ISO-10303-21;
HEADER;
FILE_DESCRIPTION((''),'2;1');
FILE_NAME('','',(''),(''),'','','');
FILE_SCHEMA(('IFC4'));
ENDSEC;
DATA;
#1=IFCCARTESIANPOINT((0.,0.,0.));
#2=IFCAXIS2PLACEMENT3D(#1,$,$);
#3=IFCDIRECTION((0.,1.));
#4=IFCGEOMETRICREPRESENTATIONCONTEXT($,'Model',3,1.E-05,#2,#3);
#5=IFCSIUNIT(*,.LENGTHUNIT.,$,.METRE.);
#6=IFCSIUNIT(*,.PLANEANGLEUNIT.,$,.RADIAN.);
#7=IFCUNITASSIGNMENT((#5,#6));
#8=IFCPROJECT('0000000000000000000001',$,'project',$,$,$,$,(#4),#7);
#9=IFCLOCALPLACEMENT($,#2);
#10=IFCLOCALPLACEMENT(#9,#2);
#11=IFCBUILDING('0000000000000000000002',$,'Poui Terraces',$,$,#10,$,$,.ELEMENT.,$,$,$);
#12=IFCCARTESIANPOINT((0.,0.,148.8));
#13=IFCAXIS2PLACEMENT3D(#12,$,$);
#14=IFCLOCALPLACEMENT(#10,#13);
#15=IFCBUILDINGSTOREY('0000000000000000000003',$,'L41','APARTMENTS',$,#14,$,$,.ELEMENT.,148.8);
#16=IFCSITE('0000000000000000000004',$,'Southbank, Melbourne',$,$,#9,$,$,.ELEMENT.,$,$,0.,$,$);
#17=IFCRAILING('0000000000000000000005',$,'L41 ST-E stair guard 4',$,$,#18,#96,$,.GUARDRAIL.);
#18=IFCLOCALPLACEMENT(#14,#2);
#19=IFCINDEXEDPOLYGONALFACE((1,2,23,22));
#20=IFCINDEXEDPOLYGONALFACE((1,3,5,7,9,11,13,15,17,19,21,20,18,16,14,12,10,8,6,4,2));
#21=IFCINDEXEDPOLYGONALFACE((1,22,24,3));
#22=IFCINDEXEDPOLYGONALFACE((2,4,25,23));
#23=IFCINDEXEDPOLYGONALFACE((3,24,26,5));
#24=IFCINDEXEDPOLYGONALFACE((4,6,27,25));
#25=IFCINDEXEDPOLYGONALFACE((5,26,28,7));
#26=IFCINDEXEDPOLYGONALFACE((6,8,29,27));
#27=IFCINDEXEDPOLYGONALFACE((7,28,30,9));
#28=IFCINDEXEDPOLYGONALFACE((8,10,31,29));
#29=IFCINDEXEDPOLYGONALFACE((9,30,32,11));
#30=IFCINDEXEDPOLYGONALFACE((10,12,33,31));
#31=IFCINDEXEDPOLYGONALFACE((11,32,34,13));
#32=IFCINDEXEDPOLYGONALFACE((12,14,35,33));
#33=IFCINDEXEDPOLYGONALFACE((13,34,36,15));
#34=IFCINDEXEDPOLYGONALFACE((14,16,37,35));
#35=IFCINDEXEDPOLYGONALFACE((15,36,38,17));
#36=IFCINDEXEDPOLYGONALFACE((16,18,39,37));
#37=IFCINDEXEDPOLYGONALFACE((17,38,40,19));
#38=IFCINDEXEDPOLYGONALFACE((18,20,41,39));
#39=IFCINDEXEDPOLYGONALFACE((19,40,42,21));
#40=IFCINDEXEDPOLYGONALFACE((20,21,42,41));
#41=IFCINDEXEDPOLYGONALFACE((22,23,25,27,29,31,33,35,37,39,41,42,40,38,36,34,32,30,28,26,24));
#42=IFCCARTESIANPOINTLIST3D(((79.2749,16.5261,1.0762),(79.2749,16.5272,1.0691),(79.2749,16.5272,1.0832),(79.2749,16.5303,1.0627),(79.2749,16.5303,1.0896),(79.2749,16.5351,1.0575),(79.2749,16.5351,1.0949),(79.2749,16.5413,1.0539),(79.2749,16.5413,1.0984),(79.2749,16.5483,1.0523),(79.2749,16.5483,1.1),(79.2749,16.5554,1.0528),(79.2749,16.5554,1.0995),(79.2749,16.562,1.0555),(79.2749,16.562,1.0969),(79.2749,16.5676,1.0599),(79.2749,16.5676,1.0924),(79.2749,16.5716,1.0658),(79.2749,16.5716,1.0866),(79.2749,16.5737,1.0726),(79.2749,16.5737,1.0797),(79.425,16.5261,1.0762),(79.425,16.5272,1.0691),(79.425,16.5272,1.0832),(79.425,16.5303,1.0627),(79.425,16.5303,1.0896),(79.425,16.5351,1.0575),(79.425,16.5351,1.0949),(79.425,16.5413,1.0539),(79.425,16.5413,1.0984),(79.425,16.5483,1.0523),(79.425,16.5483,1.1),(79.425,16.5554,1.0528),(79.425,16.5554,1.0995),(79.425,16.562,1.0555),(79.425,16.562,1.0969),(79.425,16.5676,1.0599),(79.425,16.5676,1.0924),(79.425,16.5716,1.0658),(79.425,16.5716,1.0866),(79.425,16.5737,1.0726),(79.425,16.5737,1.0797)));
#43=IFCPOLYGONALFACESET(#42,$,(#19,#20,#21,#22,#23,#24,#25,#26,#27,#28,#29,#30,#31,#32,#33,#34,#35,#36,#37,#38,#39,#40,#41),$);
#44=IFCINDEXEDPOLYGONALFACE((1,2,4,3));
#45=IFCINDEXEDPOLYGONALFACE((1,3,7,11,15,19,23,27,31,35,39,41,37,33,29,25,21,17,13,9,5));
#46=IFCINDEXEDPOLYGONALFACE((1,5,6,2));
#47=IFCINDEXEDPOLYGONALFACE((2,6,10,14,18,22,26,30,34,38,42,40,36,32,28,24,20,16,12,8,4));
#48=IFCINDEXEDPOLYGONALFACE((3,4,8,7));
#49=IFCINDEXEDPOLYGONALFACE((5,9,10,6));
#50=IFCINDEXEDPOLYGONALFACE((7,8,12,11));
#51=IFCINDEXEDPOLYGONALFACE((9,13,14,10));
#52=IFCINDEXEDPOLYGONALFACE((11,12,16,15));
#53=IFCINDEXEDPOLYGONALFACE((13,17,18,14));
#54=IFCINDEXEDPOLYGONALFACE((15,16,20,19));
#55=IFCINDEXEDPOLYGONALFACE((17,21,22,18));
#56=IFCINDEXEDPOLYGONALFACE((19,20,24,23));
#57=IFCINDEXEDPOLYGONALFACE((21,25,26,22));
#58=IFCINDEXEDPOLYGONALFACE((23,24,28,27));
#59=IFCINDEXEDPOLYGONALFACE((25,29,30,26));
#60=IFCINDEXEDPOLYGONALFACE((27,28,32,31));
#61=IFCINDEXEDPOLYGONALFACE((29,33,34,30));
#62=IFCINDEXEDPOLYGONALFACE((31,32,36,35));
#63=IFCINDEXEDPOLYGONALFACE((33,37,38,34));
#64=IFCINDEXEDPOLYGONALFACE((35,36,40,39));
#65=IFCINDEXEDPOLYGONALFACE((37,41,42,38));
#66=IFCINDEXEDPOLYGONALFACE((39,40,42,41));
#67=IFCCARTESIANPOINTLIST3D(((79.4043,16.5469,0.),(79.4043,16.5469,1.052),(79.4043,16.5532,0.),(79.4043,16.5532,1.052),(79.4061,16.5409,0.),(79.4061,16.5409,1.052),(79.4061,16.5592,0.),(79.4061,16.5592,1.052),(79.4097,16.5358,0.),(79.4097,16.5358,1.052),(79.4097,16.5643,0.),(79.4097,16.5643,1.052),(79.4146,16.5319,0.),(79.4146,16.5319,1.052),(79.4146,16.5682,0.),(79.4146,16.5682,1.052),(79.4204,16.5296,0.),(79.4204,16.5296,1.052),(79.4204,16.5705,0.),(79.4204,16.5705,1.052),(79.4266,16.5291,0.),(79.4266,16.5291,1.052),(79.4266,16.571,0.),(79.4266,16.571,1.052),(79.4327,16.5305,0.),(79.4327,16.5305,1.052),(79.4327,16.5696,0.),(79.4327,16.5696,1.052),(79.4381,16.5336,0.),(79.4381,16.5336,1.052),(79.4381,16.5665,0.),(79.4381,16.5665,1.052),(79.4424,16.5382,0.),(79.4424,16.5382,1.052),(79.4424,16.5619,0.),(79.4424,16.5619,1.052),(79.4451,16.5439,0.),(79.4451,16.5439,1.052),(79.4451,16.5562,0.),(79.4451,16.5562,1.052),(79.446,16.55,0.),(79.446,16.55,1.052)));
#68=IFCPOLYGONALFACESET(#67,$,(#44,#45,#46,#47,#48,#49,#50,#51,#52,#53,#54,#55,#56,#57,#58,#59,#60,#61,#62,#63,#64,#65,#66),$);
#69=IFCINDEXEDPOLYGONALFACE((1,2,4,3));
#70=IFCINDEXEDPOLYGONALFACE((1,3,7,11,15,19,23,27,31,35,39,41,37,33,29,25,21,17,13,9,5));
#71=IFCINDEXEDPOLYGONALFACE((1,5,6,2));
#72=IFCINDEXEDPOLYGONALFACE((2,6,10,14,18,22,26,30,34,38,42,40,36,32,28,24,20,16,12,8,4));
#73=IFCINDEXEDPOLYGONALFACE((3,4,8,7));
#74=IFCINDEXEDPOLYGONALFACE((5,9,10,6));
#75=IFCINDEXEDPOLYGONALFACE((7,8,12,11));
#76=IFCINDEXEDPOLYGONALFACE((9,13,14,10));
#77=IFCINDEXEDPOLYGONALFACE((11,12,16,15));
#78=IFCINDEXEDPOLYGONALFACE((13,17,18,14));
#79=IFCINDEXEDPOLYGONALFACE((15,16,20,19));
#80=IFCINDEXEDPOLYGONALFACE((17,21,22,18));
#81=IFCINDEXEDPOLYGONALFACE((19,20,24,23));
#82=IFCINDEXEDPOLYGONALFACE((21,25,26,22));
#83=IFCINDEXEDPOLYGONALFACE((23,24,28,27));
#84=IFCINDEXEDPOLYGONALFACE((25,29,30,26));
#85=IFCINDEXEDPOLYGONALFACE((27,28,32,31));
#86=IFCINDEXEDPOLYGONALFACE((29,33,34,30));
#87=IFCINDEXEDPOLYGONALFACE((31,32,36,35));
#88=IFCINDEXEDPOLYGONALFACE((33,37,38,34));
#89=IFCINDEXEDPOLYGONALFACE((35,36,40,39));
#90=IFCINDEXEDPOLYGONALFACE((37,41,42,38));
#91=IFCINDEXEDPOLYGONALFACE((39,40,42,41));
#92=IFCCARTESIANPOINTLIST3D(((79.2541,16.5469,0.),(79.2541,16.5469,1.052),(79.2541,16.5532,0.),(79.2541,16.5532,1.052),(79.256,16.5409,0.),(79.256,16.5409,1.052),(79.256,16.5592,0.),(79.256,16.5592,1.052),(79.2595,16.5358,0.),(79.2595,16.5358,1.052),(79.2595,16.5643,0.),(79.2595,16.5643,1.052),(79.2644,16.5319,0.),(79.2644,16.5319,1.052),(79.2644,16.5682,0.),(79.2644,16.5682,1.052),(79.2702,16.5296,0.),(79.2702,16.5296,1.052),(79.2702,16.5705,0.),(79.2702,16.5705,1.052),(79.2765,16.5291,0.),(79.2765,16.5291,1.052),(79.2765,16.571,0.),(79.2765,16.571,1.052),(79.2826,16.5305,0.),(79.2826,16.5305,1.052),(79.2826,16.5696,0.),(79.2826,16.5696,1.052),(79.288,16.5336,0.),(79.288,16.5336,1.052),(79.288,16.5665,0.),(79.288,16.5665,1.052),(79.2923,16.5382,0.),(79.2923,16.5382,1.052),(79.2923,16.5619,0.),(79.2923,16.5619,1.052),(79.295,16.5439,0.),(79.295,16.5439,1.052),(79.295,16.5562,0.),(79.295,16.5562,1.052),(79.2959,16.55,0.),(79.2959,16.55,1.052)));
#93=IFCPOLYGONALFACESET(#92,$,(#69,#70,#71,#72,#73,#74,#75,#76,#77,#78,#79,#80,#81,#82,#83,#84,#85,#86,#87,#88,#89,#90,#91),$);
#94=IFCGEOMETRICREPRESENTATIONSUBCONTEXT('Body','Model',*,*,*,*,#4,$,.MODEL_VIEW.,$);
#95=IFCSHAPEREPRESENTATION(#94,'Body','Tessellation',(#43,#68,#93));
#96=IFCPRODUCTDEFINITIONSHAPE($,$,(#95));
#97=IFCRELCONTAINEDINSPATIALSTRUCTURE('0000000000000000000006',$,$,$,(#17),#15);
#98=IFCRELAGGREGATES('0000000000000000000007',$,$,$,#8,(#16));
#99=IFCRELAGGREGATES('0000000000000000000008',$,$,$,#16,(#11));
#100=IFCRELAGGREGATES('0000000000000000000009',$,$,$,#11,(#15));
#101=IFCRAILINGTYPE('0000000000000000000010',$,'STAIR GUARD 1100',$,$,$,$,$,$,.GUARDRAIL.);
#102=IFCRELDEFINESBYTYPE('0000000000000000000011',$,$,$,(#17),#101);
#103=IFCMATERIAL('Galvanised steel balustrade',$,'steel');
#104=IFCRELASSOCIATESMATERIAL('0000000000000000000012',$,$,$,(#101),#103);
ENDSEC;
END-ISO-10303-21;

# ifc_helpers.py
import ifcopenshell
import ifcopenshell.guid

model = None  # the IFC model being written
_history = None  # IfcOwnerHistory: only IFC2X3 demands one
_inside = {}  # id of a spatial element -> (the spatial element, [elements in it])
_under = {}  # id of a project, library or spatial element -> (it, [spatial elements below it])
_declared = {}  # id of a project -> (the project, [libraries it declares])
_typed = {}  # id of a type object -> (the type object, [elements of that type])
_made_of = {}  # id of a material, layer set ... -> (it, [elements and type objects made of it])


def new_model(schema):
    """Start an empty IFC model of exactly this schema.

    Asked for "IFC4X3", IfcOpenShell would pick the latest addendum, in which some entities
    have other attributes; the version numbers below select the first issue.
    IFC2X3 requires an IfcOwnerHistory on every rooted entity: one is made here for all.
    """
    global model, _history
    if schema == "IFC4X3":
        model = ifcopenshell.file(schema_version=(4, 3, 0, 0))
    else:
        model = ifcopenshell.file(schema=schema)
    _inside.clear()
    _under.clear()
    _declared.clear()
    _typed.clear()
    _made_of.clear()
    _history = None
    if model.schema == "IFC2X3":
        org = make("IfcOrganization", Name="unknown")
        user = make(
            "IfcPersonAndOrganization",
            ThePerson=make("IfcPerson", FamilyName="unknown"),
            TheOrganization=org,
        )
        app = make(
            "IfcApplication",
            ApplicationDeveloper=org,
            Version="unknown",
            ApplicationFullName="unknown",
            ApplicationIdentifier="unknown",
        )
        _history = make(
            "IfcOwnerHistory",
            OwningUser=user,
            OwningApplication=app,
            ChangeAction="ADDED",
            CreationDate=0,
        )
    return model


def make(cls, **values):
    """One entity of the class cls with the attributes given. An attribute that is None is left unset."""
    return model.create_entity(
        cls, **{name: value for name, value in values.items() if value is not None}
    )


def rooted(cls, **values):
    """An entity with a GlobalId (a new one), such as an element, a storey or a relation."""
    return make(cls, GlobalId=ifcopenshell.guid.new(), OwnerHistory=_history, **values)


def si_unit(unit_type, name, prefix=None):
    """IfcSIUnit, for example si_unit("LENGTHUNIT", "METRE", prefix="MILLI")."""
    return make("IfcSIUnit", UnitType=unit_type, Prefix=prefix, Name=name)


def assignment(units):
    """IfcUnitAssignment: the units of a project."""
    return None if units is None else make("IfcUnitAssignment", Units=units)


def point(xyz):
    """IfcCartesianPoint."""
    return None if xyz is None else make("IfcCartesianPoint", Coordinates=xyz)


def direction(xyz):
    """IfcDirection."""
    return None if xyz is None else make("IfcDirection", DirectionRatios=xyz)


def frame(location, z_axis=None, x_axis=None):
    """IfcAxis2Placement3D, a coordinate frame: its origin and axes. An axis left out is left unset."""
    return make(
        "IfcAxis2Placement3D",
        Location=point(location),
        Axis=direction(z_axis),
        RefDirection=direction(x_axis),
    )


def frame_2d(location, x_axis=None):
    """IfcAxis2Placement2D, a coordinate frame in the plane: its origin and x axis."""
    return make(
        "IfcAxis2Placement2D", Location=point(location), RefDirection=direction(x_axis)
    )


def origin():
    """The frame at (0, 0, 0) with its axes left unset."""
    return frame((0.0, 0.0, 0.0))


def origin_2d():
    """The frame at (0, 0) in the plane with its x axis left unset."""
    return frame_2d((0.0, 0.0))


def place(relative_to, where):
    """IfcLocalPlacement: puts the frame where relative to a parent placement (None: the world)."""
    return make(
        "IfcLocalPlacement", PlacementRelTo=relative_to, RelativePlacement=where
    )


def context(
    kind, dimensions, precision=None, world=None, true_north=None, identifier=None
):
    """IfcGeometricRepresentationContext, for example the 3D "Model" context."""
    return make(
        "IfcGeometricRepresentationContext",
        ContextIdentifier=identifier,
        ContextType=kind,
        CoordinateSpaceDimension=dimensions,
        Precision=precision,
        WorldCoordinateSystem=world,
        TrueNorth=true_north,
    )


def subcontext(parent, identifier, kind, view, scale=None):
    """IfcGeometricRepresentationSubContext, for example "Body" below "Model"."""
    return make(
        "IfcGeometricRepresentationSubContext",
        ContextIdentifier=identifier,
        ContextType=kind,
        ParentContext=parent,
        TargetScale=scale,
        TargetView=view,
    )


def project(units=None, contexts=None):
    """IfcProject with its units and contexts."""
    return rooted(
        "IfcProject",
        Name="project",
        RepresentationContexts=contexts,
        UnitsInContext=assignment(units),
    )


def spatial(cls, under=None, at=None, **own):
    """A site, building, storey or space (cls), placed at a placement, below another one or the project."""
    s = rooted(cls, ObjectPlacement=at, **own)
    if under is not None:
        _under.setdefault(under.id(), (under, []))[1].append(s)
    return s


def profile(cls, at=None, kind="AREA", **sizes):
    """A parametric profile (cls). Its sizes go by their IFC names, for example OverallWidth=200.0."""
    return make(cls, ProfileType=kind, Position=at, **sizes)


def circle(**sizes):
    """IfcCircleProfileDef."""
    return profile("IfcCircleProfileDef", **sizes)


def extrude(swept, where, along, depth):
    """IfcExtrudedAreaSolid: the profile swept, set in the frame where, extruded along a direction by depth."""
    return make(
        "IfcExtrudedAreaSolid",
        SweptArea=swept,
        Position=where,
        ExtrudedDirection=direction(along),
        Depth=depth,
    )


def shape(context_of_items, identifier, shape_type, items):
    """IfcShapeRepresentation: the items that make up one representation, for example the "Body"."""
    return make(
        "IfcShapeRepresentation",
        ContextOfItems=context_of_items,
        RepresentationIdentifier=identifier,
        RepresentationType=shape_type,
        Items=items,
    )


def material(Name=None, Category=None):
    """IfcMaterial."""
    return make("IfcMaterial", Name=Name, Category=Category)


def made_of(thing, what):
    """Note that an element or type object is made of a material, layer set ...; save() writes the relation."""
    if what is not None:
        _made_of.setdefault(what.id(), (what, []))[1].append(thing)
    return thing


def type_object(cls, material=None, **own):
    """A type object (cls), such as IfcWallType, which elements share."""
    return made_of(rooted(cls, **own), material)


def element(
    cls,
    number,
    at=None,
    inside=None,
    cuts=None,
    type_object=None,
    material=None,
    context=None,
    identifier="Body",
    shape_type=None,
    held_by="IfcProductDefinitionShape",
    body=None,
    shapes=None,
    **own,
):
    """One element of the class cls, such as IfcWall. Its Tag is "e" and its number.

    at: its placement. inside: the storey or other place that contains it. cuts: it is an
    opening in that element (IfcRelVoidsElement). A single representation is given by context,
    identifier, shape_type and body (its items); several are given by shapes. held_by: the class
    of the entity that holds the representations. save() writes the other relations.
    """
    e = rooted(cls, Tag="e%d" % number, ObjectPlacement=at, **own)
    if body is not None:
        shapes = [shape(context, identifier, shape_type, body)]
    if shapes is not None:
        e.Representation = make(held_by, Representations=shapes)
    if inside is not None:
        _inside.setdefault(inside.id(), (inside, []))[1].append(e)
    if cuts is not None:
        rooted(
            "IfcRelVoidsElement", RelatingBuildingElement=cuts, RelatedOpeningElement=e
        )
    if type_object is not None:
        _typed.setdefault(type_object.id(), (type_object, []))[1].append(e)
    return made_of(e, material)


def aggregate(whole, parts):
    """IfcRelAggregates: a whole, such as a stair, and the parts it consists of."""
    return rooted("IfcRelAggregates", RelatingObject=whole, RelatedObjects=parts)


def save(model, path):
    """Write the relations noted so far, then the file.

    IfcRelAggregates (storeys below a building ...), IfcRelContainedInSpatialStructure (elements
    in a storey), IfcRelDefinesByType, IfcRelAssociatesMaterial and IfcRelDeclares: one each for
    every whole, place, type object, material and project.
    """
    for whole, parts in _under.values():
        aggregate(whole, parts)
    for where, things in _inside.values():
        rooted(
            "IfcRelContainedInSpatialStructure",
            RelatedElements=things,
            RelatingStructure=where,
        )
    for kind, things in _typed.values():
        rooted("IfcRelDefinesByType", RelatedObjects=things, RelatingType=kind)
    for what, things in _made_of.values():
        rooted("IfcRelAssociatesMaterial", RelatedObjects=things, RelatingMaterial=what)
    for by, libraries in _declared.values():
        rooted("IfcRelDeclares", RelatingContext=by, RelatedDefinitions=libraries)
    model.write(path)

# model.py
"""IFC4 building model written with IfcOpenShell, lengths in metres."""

from ifc_helpers import new_model, si_unit, direction, frame, origin, origin_2d, place, context, subcontext, project, spatial, circle, extrude, material, type_object, element, save


model = new_model("IFC4")

# Units and contexts
model_context = context("Model", 3, precision=1e-05, world=origin(), true_north=direction((0.0, 1.0)))
body_context = subcontext(model_context, "Body", "Model", "MODEL_VIEW")
ifc_project = project(units=[si_unit("LENGTHUNIT", "METRE"), si_unit("PLANEANGLEUNIT", "RADIAN")], contexts=[model_context])

# Site, building, storey
site_placement = place(None, origin())
site = spatial("IfcSite", under=ifc_project, at=site_placement, Name="Southbank, Melbourne", CompositionType="ELEMENT", RefElevation=0.0)
building_placement = place(site_placement, origin())
building = spatial("IfcBuilding", under=site, at=building_placement, Name="Poui Terraces", CompositionType="ELEMENT")
storey_placement = place(building_placement, frame((0.0, 0.0, 148.8)))
storey = spatial("IfcBuildingStorey", under=building, at=storey_placement, Name="L41", Description="APARTMENTS", CompositionType="ELEMENT", Elevation=148.8)

# Railing
ifc_material_1 = material(Name="Galvanised steel balustrade", Category="steel")
railing_type_1 = type_object("IfcRailingType", Name="STAIR GUARD 1100", PredefinedType="GUARDRAIL", material=ifc_material_1)
railing_1_placement = place(storey_placement, frame((79.425, 16.55, 0.0)))
element("IfcRailing", 1, at=railing_1_placement, inside=storey, type_object=railing_type_1, Name="L41 ST-E stair guard 4", PredefinedType="GUARDRAIL", context=body_context, shape_type="SweptSolid", body=[
    extrude(circle(Radius=0.0239, at=origin_2d()), frame((0.0, 0.0, 1.0762), z_axis=(-1.0, 0.0, 0.0), x_axis=(0.0, -1.0, 0.0)), (0.0, 0.0, 1.0), 0.1501),
    extrude(circle(Radius=0.021, at=origin_2d()), origin(), (0.0, 0.0, 1.0), 1.052),
    extrude(circle(Radius=0.021, at=origin_2d()), frame((-0.1501, 0.0, 0.0)), (0.0, 0.0, 1.0), 1.052),
])

save(model, "model.ifc")
